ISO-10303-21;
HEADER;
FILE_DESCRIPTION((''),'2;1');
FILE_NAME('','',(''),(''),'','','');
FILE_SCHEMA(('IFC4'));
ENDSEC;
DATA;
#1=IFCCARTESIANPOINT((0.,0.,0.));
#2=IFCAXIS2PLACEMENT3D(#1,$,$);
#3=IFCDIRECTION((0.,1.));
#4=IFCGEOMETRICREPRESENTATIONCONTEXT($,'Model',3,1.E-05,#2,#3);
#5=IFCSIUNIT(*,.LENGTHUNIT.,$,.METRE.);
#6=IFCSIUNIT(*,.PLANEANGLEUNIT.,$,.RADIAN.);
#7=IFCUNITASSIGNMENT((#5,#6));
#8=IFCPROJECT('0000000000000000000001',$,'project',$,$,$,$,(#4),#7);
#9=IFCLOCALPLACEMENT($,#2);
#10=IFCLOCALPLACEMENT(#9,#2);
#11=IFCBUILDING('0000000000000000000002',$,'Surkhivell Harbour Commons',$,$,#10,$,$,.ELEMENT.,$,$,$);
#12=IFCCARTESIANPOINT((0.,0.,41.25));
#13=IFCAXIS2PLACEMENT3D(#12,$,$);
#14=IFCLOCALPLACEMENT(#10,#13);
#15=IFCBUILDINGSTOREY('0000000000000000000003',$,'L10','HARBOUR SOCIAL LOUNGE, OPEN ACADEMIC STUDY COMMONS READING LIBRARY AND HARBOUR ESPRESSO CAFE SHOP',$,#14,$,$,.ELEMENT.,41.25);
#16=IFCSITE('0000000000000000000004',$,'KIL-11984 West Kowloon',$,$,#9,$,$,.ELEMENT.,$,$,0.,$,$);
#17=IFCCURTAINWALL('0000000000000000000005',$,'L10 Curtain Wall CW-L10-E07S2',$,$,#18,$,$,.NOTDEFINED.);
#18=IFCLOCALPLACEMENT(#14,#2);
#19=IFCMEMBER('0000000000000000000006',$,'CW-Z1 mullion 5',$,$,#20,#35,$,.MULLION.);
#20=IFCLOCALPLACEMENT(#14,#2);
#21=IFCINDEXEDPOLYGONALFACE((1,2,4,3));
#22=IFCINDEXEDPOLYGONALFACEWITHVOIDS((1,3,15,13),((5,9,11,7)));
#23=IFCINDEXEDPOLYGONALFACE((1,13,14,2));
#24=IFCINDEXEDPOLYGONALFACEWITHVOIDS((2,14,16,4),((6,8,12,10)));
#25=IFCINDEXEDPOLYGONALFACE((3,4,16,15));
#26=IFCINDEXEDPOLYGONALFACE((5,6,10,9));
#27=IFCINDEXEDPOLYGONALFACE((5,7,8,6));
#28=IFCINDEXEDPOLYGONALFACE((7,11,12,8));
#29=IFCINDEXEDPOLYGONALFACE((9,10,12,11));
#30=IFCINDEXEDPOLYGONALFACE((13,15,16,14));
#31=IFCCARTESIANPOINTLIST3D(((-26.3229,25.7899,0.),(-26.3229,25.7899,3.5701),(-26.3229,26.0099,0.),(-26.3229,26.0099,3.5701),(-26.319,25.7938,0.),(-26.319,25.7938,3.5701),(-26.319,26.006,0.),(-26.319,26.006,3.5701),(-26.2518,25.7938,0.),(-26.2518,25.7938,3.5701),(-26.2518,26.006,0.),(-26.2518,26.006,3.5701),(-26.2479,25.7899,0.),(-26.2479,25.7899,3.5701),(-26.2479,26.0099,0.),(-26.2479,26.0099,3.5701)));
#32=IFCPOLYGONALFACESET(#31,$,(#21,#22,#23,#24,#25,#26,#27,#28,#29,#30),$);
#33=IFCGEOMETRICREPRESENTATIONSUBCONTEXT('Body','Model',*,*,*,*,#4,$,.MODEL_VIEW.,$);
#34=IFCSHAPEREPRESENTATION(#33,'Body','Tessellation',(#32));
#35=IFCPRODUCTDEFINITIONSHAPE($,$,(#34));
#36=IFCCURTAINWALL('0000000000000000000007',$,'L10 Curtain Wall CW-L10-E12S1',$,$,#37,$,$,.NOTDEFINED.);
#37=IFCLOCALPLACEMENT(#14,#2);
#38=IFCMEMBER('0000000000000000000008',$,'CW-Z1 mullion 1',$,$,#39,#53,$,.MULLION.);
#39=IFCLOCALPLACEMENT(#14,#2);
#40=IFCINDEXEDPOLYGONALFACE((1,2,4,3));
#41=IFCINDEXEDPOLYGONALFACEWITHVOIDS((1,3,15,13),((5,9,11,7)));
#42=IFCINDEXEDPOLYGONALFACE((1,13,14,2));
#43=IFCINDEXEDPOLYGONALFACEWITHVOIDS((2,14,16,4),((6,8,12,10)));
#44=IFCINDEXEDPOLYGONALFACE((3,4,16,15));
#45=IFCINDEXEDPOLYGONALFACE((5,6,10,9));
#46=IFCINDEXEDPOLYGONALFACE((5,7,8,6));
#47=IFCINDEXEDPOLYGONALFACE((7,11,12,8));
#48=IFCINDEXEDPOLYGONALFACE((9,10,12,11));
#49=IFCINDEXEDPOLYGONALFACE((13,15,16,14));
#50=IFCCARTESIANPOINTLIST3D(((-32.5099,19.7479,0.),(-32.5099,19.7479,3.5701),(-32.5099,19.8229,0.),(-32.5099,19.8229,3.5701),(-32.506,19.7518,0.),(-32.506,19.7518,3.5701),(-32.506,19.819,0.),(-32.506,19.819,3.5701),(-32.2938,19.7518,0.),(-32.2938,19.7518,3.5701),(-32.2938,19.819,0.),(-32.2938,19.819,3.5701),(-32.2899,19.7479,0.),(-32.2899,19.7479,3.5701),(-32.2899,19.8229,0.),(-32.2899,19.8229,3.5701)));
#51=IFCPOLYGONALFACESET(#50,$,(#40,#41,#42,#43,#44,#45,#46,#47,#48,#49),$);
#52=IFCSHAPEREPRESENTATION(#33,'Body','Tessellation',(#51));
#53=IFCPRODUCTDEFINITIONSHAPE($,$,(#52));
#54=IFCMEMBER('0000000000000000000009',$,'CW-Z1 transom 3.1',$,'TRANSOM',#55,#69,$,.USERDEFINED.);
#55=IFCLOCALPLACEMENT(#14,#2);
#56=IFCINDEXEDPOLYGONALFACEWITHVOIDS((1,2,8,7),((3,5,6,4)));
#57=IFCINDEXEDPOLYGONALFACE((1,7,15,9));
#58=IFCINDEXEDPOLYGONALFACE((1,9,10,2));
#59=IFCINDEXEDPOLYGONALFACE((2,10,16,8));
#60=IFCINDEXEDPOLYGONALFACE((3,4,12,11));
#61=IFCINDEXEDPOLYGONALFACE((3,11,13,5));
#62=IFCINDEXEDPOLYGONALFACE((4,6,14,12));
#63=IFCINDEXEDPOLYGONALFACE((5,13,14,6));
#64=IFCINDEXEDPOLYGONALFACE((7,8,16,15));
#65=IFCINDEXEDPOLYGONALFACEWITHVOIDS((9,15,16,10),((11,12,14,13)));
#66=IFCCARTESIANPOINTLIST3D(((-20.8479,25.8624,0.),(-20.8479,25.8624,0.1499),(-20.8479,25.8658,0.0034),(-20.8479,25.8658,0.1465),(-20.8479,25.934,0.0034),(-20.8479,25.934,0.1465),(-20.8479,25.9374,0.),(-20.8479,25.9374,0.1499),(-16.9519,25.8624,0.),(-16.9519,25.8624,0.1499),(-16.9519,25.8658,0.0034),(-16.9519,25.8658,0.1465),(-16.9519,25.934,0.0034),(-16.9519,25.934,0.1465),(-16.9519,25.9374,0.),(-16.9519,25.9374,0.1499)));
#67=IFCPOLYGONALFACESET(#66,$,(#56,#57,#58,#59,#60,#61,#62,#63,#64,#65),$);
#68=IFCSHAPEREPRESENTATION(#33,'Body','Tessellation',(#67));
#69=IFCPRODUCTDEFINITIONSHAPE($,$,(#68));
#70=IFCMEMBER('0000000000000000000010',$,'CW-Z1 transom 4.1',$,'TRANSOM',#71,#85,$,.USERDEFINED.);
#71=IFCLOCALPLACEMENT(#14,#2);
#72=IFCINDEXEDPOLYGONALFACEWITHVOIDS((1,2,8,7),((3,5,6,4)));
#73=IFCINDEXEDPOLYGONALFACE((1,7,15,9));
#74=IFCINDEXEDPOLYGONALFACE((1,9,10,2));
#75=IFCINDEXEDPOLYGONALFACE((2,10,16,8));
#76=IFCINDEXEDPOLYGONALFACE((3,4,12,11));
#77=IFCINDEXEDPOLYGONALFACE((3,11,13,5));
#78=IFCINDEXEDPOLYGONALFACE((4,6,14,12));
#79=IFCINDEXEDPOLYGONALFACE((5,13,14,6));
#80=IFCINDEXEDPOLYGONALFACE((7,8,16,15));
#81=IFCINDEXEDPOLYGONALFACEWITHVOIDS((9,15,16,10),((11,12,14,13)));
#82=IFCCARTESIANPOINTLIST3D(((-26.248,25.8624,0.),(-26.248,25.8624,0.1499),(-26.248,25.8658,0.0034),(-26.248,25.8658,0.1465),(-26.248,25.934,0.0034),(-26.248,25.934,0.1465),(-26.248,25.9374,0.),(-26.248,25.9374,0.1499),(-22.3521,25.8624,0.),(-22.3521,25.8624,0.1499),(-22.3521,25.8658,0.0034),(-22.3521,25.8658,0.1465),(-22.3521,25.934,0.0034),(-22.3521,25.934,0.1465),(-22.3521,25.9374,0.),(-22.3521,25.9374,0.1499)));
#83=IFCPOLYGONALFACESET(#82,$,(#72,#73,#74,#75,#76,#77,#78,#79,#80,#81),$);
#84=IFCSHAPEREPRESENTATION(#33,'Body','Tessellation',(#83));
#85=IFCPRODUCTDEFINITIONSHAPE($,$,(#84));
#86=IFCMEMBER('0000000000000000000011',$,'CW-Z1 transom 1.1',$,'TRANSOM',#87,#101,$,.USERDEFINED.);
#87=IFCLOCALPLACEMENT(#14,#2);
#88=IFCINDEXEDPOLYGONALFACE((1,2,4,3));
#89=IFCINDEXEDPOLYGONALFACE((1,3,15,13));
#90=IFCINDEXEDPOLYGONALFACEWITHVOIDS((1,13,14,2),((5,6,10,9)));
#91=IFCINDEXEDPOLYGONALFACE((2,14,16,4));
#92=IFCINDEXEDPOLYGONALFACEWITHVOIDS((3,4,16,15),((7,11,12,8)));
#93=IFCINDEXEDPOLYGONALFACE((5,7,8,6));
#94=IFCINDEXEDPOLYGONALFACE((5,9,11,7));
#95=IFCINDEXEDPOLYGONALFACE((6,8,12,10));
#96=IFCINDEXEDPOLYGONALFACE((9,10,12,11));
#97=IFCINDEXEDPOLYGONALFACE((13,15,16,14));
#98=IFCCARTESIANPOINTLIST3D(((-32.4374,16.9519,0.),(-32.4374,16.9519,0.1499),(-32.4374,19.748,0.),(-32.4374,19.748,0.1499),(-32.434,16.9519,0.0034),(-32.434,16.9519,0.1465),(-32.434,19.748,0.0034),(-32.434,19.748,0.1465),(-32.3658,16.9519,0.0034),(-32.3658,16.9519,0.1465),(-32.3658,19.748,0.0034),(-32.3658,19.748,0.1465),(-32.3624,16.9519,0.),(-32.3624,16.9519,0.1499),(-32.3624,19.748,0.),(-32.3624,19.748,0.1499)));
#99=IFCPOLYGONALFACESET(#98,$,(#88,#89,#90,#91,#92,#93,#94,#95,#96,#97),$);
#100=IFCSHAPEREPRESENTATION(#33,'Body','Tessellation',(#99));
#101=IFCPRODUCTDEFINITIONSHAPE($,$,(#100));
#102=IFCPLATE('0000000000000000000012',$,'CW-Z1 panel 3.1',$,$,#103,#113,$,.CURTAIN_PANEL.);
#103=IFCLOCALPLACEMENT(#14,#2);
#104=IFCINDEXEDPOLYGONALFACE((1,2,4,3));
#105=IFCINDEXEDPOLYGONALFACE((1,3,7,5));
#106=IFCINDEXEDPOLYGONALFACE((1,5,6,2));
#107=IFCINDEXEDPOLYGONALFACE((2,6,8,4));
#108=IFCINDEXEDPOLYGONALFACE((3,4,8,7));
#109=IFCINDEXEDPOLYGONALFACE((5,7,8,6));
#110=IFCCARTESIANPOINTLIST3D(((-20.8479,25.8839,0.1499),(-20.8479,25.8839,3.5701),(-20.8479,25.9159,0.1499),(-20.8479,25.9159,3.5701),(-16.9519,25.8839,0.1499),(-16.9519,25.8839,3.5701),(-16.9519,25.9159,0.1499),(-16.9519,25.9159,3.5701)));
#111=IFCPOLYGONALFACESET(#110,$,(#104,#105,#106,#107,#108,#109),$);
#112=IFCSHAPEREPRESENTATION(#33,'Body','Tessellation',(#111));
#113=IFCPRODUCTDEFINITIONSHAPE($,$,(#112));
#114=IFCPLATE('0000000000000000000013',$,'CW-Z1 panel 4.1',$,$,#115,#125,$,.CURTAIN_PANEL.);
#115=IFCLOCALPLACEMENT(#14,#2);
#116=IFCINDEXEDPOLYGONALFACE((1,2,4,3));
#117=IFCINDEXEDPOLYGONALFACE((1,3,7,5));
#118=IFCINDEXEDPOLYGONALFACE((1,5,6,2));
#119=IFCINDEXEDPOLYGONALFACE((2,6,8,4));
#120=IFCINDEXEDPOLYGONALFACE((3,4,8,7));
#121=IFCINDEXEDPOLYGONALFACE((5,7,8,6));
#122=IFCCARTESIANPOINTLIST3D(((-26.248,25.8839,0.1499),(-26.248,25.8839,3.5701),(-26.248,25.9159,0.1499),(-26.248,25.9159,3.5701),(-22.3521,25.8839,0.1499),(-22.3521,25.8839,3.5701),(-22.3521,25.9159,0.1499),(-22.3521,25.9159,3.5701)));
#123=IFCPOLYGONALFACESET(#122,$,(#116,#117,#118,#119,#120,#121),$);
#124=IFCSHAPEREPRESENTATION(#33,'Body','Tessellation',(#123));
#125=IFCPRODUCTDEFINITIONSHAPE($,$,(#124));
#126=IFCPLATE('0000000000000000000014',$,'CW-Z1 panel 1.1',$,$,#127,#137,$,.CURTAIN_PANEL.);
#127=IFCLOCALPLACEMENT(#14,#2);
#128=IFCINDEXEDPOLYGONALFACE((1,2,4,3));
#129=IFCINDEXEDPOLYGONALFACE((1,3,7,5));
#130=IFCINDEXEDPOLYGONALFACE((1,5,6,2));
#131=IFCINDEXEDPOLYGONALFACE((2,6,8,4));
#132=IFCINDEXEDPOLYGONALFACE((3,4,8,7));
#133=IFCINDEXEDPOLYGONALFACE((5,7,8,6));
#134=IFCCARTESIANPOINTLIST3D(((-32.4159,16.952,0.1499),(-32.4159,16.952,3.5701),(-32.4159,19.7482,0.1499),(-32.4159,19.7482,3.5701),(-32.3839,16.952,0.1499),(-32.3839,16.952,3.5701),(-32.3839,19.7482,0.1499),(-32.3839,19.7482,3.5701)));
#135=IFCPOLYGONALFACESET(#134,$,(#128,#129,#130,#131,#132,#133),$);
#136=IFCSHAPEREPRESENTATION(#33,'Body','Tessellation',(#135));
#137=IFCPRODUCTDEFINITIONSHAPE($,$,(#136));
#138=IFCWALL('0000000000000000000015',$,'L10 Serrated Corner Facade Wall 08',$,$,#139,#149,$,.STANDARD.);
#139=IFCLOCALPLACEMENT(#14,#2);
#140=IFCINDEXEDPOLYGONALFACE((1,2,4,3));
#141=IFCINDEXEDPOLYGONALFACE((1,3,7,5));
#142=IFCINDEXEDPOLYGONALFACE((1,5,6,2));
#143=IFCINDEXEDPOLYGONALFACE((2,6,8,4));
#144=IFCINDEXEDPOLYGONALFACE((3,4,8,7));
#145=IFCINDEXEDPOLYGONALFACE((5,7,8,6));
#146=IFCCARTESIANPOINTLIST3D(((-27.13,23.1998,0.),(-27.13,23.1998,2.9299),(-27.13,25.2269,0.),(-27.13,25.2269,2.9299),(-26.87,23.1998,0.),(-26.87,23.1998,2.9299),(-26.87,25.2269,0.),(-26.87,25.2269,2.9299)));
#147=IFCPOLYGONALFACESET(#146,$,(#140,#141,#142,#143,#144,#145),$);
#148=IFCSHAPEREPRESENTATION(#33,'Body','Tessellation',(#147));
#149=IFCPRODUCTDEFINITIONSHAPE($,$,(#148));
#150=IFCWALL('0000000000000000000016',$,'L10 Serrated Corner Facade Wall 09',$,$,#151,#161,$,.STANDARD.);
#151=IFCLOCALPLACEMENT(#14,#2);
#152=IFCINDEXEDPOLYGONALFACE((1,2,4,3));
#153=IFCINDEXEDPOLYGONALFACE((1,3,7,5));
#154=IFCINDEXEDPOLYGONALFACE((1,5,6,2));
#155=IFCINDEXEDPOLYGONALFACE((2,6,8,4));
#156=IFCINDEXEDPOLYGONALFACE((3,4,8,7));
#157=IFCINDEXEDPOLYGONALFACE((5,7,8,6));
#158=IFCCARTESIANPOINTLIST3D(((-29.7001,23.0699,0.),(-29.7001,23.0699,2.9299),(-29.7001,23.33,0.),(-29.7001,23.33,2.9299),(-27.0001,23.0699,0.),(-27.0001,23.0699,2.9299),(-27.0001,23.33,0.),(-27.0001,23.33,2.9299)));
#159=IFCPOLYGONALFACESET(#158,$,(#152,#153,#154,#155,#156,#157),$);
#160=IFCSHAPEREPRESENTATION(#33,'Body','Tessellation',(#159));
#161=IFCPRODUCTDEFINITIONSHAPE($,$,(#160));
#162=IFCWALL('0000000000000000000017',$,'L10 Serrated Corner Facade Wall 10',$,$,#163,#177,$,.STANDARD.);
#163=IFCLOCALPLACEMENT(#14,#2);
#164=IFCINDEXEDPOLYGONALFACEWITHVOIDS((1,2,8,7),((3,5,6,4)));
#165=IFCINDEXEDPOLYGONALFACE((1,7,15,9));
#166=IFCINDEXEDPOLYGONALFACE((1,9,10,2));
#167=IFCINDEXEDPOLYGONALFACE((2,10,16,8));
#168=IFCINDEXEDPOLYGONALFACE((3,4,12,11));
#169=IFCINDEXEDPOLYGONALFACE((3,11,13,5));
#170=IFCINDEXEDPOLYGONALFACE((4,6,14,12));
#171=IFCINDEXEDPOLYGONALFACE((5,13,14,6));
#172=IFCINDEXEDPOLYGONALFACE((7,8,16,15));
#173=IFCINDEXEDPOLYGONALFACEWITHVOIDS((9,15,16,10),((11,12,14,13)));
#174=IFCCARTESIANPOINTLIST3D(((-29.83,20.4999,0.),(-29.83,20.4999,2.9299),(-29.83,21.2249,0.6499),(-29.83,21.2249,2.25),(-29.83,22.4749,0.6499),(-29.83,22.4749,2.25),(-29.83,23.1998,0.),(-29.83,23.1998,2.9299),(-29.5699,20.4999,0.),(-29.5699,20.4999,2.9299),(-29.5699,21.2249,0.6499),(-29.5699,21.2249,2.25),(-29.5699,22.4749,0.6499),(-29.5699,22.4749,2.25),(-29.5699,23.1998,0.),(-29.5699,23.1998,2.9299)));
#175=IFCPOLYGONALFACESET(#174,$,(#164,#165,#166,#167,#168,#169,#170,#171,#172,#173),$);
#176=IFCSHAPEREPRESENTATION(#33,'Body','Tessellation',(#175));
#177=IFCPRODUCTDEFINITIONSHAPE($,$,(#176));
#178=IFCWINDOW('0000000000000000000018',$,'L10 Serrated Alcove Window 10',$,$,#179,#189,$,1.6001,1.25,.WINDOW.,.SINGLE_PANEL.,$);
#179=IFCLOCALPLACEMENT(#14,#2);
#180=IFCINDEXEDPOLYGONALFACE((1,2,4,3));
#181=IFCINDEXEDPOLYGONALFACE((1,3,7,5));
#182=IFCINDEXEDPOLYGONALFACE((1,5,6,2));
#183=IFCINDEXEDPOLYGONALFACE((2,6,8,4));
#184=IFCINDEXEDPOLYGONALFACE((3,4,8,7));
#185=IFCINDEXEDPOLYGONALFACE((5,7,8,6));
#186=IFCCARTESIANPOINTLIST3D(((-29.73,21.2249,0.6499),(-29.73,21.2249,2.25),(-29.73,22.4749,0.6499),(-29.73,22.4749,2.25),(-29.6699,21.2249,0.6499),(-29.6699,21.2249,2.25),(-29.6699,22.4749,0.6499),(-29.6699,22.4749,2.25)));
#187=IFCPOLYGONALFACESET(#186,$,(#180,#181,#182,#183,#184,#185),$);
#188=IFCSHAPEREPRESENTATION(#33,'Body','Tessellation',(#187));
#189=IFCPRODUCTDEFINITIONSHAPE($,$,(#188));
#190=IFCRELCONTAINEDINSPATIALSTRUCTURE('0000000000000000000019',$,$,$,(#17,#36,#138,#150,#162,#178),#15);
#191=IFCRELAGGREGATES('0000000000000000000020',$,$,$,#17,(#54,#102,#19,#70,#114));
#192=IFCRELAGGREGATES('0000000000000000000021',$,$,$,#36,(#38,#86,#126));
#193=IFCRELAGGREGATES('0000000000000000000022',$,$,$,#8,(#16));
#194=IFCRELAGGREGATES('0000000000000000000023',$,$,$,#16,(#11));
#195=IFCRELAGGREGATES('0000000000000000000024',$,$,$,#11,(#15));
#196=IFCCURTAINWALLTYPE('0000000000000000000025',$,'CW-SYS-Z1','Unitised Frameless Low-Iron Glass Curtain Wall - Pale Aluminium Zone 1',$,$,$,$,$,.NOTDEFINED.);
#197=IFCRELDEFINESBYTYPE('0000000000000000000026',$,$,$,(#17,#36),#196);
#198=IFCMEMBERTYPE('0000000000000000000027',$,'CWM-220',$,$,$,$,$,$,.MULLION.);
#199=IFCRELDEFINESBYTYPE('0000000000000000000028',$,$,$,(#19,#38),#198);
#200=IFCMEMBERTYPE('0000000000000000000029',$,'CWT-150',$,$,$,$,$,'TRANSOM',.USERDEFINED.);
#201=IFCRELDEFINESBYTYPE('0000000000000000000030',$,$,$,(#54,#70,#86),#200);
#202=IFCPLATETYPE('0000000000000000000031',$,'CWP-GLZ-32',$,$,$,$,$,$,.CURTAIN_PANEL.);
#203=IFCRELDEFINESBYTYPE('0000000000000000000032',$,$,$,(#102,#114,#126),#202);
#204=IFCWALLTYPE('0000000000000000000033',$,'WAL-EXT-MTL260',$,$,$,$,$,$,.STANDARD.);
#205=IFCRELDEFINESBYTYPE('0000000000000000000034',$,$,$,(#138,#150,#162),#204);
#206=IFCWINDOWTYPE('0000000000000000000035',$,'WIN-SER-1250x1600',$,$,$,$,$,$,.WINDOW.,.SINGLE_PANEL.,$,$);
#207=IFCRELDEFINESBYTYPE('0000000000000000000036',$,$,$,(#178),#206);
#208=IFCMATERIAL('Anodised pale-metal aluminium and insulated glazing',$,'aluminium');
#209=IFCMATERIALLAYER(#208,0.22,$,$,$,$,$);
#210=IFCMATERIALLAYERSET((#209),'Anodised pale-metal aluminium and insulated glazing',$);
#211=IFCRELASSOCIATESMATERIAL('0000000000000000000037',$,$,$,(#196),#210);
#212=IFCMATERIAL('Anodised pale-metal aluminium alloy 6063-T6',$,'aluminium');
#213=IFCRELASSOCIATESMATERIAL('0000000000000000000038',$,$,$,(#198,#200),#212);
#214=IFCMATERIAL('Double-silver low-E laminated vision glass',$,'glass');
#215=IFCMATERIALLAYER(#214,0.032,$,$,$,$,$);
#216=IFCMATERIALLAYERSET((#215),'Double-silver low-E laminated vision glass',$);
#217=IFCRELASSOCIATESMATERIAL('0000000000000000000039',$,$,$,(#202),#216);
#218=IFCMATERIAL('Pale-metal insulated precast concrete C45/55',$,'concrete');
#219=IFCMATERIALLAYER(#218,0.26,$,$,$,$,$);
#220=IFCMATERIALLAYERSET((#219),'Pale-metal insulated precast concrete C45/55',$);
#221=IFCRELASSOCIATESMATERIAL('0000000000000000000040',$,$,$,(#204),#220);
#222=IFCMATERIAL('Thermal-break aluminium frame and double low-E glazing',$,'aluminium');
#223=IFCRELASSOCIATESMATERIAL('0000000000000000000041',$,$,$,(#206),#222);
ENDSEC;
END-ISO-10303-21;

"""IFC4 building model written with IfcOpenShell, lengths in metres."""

from ifc_helpers import new_model, si_unit, direction, frame, frame_2d, origin, origin_2d, place, context, subcontext, project, spatial, rectangle, hollow_rectangle, extrude, material, layer, layer_set, material_profile, profile_set, type_object, element, fill, aggregate, save


model = new_model("IFC4")

# Units and contexts
model_context = context("Model", 3, precision=1e-05, world=origin(), true_north=direction((0.0, 1.0)))
body_context = subcontext(model_context, "Body", "Model", "MODEL_VIEW")
ifc_project = project(units=[si_unit("LENGTHUNIT", "METRE"), si_unit("PLANEANGLEUNIT", "RADIAN")], contexts=[model_context])

# Site, building, storey
site_placement = place(None, origin())
site = spatial("IfcSite", under=ifc_project, at=site_placement, Name="KIL-11984 West Kowloon", CompositionType="ELEMENT", RefElevation=0.0)
building_placement = place(site_placement, origin())
building = spatial("IfcBuilding", under=site, at=building_placement, Name="Surkhivell Harbour Commons", CompositionType="ELEMENT")
storey_placement = place(building_placement, frame((0.0, 0.0, 41.25)))
storey = spatial("IfcBuildingStorey", under=building, at=storey_placement, Name="L10", Description="HARBOUR SOCIAL LOUNGE, OPEN ACADEMIC STUDY COMMONS READING LIBRARY AND HARBOUR ESPRESSO CAFE SHOP", CompositionType="ELEMENT", Elevation=41.25)

# Curtain wall, member
ifc_material_1 = material(Name="Anodised pale-metal aluminium and insulated glazing", Category="aluminium")
ifc_layer_1 = layer(ifc_material_1, 0.22)
ifc_layer_set_1 = layer_set([ifc_layer_1], Name="Anodised pale-metal aluminium and insulated glazing")
curtain_wall_type = type_object("IfcCurtainWallType", Name="CW-SYS-Z1", Description="Unitised Frameless Low-Iron Glass Curtain Wall - Pale Aluminium Zone 1", PredefinedType="NOTDEFINED", material=ifc_layer_set_1)
curtain_wall_1_placement = place(storey_placement, origin())
curtain_wall_1 = element("IfcCurtainWall", 1, at=curtain_wall_1_placement, inside=storey, type_object=curtain_wall_type, Name="L10 Curtain Wall CW-L10-E07S2", PredefinedType="NOTDEFINED")
ifc_material_2 = material(Name="Anodised pale-metal aluminium alloy 6063-T6", Category="aluminium")
ifc_material_profile_1 = material_profile(ifc_material_2, hollow_rectangle(XDim=0.075, YDim=0.22, WallThickness=0.0039, at=origin_2d()), Name="ALU-MULL-75x220")
ifc_profile_set_1 = profile_set([ifc_material_profile_1], Name="Anodised pale-metal aluminium alloy 6063-T6")
member_type_1 = type_object("IfcMemberType", Name="CWM-220", PredefinedType="MULLION", material=ifc_profile_set_1)
member_1_placement = place(storey_placement, frame((-26.2854, 25.8999, 0.0), z_axis=(0.0, 0.0, 1.0), x_axis=(-1.0, 0.0, 0.0)))
member_1 = element("IfcMember", 2, at=member_1_placement, type_object=member_type_1, Name="CW-Z1 mullion 5", PredefinedType="MULLION", context=body_context, shape_type="SweptSolid", body=[
    extrude(hollow_rectangle(XDim=0.075, YDim=0.22, WallThickness=0.0039, at=origin_2d()), origin(), (0.0, 0.0, 1.0), 3.5701),
])

# Curtain wall, member
curtain_wall_2_placement = place(storey_placement, origin())
curtain_wall_2 = element("IfcCurtainWall", 3, at=curtain_wall_2_placement, inside=storey, type_object=curtain_wall_type, Name="L10 Curtain Wall CW-L10-E12S1", PredefinedType="NOTDEFINED")
member_2_placement = place(storey_placement, frame((-32.3999, 19.7854, 0.0), z_axis=(0.0, 0.0, 1.0), x_axis=(0.0, -1.0, 0.0)))
member_2 = element("IfcMember", 4, at=member_2_placement, type_object=member_type_1, Name="CW-Z1 mullion 1", PredefinedType="MULLION", context=body_context, shape_type="SweptSolid", body=[
    extrude(hollow_rectangle(XDim=0.075, YDim=0.22, WallThickness=0.0039, at=origin_2d()), origin(), (0.0, 0.0, 1.0), 3.5701),
])

# Members
ifc_material_profile_2 = material_profile(ifc_material_2, hollow_rectangle(XDim=0.075, YDim=0.1499, WallThickness=0.0034, at=origin_2d()), Name="ALU-TRAN-75x150")
ifc_profile_set_2 = profile_set([ifc_material_profile_2], Name="Anodised pale-metal aluminium alloy 6063-T6")
member_type_2 = type_object("IfcMemberType", Name="CWT-150", ElementType="TRANSOM", PredefinedType="USERDEFINED", material=ifc_profile_set_2)
member_3_placement = place(storey_placement, frame((-16.9519, 25.8999, 0.075), z_axis=(-1.0, 0.0, 0.0), x_axis=(0.0, -1.0, 0.0)))
member_3 = element("IfcMember", 5, at=member_3_placement, type_object=member_type_2, Name="CW-Z1 transom 3.1", ObjectType="TRANSOM", PredefinedType="USERDEFINED", context=body_context, shape_type="SweptSolid", body=[
    extrude(hollow_rectangle(XDim=0.075, YDim=0.1499, WallThickness=0.0034, at=origin_2d()), origin(), (0.0, 0.0, 1.0), 3.896),
])
member_4_placement = place(storey_placement, frame((-22.3521, 25.8999, 0.075), z_axis=(-1.0, 0.0, 0.0), x_axis=(0.0, -1.0, 0.0)))
member_4 = element("IfcMember", 6, at=member_4_placement, type_object=member_type_2, Name="CW-Z1 transom 4.1", ObjectType="TRANSOM", PredefinedType="USERDEFINED", context=body_context, shape_type="SweptSolid", body=[
    extrude(hollow_rectangle(XDim=0.075, YDim=0.1499, WallThickness=0.0034, at=origin_2d()), origin(), (0.0, 0.0, 1.0), 3.896),
])
member_5_placement = place(storey_placement, frame((-32.3999, 19.748, 0.075), z_axis=(0.0, -1.0, 0.0), x_axis=(1.0, 0.0, 0.0)))
member_5 = element("IfcMember", 7, at=member_5_placement, type_object=member_type_2, Name="CW-Z1 transom 1.1", ObjectType="TRANSOM", PredefinedType="USERDEFINED", context=body_context, shape_type="SweptSolid", body=[
    extrude(hollow_rectangle(XDim=0.075, YDim=0.1499, WallThickness=0.0034, at=origin_2d()), origin(), (0.0, 0.0, 1.0), 2.7961),
])

# Plates
ifc_material_3 = material(Name="Double-silver low-E laminated vision glass", Category="glass")
ifc_layer_2 = layer(ifc_material_3, 0.032)
ifc_layer_set_2 = layer_set([ifc_layer_2], Name="Double-silver low-E laminated vision glass")
plate_type = type_object("IfcPlateType", Name="CWP-GLZ-32", PredefinedType="CURTAIN_PANEL", material=ifc_layer_set_2)
plate_1_placement = place(storey_placement, frame((-16.9519, 25.8999, 0.1499), z_axis=(0.0, 0.0, 1.0), x_axis=(-1.0, 0.0, 0.0)))
plate_1 = element("IfcPlate", 8, at=plate_1_placement, type_object=plate_type, Name="CW-Z1 panel 3.1", PredefinedType="CURTAIN_PANEL", context=body_context, shape_type="SweptSolid", body=[
    extrude(rectangle(XDim=3.896, YDim=0.032, at=frame_2d((1.948, 0.0))), origin(), (0.0, 0.0, 1.0), 3.4202),
])
plate_2_placement = place(storey_placement, frame((-22.3521, 25.8999, 0.1499), z_axis=(0.0, 0.0, 1.0), x_axis=(-1.0, 0.0, 0.0)))
plate_2 = element("IfcPlate", 9, at=plate_2_placement, type_object=plate_type, Name="CW-Z1 panel 4.1", PredefinedType="CURTAIN_PANEL", context=body_context, shape_type="SweptSolid", body=[
    extrude(rectangle(XDim=3.896, YDim=0.032, at=frame_2d((1.948, 0.0))), origin(), (0.0, 0.0, 1.0), 3.4202),
])
aggregate(curtain_wall_1, [member_3, plate_1, member_1, member_4, plate_2])
plate_3_placement = place(storey_placement, frame((-32.3999, 19.748, 0.1499), z_axis=(0.0, 0.0, 1.0), x_axis=(0.0, -1.0, 0.0)))
plate_3 = element("IfcPlate", 10, at=plate_3_placement, type_object=plate_type, Name="CW-Z1 panel 1.1", PredefinedType="CURTAIN_PANEL", context=body_context, shape_type="SweptSolid", body=[
    extrude(rectangle(XDim=2.7961, YDim=0.032, at=frame_2d((1.3979, 0.0))), origin(), (0.0, 0.0, 1.0), 3.4202),
])
aggregate(curtain_wall_2, [member_2, member_5, plate_3])

# Walls
ifc_material_4 = material(Name="Pale-metal insulated precast concrete C45/55", Category="concrete")
ifc_layer_3 = layer(ifc_material_4, 0.26)
ifc_layer_set_3 = layer_set([ifc_layer_3], Name="Pale-metal insulated precast concrete C45/55")
wall_type = type_object("IfcWallType", Name="WAL-EXT-MTL260", PredefinedType="STANDARD", material=ifc_layer_set_3)
wall_1_placement = place(storey_placement, frame((-27.0, 25.2271, 0.0), z_axis=(0.0, 0.0, 1.0), x_axis=(0.0, -1.0, 0.0)))
element("IfcWall", 11, at=wall_1_placement, inside=storey, type_object=wall_type, Name="L10 Serrated Corner Facade Wall 08", PredefinedType="STANDARD", context=body_context, shape_type="SweptSolid", body=[
    extrude(rectangle(XDim=2.0271, YDim=0.26, at=frame_2d((1.0137, 0.0))), origin(), (0.0, 0.0, 1.0), 2.9299),
])
wall_2_placement = place(storey_placement, frame((-27.0, 23.2, 0.0), z_axis=(0.0, 0.0, 1.0), x_axis=(-1.0, 0.0, 0.0)))
element("IfcWall", 12, at=wall_2_placement, inside=storey, type_object=wall_type, Name="L10 Serrated Corner Facade Wall 09", PredefinedType="STANDARD", context=body_context, shape_type="SweptSolid", body=[
    extrude(rectangle(XDim=2.7, YDim=0.26, at=frame_2d((1.3501, 0.0))), origin(), (0.0, 0.0, 1.0), 2.9299),
])

# Wall, opening, window
wall_3_placement = place(storey_placement, frame((-29.7, 23.2, 0.0), z_axis=(0.0, 0.0, 1.0), x_axis=(0.0, -1.0, 0.0)))
wall_3 = element("IfcWall", 13, at=wall_3_placement, inside=storey, type_object=wall_type, Name="L10 Serrated Corner Facade Wall 10", PredefinedType="STANDARD", context=body_context, shape_type="SweptSolid", body=[
    extrude(rectangle(XDim=2.7, YDim=0.26, at=frame_2d((1.3501, 0.0))), origin(), (0.0, 0.0, 1.0), 2.9299),
])
opening_placement = place(wall_3_placement, frame((0.7251, 0.0, 0.6499)))
opening = element("IfcOpeningElement", 14, at=opening_placement, cuts=wall_3, PredefinedType="OPENING", context=body_context, shape_type="SweptSolid", body=[
    extrude(rectangle(XDim=1.25, YDim=1.6001, at=frame_2d((0.625, 0.8))), frame((0.0, 0.1399, 0.0), z_axis=(0.0, -1.0, 0.0), x_axis=(1.0, 0.0, 0.0)), (0.0, 0.0, 1.0), 0.28),
])
ifc_material_5 = material(Name="Thermal-break aluminium frame and double low-E glazing", Category="aluminium")
window_type = type_object("IfcWindowType", Name="WIN-SER-1250x1600", PartitioningType="SINGLE_PANEL", PredefinedType="WINDOW", material=ifc_material_5)
window_placement = place(opening_placement, origin())
window = element("IfcWindow", 15, at=window_placement, inside=storey, type_object=window_type, Name="L10 Serrated Alcove Window 10", OverallHeight=1.6001, OverallWidth=1.25, PartitioningType="SINGLE_PANEL", PredefinedType="WINDOW", context=body_context, shape_type="SweptSolid", body=[
    extrude(rectangle(XDim=1.25, YDim=1.6001, at=frame_2d((0.625, 0.8))), frame((0.0, 0.03, 0.0), z_axis=(0.0, -1.0, 0.0), x_axis=(1.0, 0.0, 0.0)), (0.0, 0.0, 1.0), 0.0601),
])
fill(opening, window)

save(model, "model.ifc")
